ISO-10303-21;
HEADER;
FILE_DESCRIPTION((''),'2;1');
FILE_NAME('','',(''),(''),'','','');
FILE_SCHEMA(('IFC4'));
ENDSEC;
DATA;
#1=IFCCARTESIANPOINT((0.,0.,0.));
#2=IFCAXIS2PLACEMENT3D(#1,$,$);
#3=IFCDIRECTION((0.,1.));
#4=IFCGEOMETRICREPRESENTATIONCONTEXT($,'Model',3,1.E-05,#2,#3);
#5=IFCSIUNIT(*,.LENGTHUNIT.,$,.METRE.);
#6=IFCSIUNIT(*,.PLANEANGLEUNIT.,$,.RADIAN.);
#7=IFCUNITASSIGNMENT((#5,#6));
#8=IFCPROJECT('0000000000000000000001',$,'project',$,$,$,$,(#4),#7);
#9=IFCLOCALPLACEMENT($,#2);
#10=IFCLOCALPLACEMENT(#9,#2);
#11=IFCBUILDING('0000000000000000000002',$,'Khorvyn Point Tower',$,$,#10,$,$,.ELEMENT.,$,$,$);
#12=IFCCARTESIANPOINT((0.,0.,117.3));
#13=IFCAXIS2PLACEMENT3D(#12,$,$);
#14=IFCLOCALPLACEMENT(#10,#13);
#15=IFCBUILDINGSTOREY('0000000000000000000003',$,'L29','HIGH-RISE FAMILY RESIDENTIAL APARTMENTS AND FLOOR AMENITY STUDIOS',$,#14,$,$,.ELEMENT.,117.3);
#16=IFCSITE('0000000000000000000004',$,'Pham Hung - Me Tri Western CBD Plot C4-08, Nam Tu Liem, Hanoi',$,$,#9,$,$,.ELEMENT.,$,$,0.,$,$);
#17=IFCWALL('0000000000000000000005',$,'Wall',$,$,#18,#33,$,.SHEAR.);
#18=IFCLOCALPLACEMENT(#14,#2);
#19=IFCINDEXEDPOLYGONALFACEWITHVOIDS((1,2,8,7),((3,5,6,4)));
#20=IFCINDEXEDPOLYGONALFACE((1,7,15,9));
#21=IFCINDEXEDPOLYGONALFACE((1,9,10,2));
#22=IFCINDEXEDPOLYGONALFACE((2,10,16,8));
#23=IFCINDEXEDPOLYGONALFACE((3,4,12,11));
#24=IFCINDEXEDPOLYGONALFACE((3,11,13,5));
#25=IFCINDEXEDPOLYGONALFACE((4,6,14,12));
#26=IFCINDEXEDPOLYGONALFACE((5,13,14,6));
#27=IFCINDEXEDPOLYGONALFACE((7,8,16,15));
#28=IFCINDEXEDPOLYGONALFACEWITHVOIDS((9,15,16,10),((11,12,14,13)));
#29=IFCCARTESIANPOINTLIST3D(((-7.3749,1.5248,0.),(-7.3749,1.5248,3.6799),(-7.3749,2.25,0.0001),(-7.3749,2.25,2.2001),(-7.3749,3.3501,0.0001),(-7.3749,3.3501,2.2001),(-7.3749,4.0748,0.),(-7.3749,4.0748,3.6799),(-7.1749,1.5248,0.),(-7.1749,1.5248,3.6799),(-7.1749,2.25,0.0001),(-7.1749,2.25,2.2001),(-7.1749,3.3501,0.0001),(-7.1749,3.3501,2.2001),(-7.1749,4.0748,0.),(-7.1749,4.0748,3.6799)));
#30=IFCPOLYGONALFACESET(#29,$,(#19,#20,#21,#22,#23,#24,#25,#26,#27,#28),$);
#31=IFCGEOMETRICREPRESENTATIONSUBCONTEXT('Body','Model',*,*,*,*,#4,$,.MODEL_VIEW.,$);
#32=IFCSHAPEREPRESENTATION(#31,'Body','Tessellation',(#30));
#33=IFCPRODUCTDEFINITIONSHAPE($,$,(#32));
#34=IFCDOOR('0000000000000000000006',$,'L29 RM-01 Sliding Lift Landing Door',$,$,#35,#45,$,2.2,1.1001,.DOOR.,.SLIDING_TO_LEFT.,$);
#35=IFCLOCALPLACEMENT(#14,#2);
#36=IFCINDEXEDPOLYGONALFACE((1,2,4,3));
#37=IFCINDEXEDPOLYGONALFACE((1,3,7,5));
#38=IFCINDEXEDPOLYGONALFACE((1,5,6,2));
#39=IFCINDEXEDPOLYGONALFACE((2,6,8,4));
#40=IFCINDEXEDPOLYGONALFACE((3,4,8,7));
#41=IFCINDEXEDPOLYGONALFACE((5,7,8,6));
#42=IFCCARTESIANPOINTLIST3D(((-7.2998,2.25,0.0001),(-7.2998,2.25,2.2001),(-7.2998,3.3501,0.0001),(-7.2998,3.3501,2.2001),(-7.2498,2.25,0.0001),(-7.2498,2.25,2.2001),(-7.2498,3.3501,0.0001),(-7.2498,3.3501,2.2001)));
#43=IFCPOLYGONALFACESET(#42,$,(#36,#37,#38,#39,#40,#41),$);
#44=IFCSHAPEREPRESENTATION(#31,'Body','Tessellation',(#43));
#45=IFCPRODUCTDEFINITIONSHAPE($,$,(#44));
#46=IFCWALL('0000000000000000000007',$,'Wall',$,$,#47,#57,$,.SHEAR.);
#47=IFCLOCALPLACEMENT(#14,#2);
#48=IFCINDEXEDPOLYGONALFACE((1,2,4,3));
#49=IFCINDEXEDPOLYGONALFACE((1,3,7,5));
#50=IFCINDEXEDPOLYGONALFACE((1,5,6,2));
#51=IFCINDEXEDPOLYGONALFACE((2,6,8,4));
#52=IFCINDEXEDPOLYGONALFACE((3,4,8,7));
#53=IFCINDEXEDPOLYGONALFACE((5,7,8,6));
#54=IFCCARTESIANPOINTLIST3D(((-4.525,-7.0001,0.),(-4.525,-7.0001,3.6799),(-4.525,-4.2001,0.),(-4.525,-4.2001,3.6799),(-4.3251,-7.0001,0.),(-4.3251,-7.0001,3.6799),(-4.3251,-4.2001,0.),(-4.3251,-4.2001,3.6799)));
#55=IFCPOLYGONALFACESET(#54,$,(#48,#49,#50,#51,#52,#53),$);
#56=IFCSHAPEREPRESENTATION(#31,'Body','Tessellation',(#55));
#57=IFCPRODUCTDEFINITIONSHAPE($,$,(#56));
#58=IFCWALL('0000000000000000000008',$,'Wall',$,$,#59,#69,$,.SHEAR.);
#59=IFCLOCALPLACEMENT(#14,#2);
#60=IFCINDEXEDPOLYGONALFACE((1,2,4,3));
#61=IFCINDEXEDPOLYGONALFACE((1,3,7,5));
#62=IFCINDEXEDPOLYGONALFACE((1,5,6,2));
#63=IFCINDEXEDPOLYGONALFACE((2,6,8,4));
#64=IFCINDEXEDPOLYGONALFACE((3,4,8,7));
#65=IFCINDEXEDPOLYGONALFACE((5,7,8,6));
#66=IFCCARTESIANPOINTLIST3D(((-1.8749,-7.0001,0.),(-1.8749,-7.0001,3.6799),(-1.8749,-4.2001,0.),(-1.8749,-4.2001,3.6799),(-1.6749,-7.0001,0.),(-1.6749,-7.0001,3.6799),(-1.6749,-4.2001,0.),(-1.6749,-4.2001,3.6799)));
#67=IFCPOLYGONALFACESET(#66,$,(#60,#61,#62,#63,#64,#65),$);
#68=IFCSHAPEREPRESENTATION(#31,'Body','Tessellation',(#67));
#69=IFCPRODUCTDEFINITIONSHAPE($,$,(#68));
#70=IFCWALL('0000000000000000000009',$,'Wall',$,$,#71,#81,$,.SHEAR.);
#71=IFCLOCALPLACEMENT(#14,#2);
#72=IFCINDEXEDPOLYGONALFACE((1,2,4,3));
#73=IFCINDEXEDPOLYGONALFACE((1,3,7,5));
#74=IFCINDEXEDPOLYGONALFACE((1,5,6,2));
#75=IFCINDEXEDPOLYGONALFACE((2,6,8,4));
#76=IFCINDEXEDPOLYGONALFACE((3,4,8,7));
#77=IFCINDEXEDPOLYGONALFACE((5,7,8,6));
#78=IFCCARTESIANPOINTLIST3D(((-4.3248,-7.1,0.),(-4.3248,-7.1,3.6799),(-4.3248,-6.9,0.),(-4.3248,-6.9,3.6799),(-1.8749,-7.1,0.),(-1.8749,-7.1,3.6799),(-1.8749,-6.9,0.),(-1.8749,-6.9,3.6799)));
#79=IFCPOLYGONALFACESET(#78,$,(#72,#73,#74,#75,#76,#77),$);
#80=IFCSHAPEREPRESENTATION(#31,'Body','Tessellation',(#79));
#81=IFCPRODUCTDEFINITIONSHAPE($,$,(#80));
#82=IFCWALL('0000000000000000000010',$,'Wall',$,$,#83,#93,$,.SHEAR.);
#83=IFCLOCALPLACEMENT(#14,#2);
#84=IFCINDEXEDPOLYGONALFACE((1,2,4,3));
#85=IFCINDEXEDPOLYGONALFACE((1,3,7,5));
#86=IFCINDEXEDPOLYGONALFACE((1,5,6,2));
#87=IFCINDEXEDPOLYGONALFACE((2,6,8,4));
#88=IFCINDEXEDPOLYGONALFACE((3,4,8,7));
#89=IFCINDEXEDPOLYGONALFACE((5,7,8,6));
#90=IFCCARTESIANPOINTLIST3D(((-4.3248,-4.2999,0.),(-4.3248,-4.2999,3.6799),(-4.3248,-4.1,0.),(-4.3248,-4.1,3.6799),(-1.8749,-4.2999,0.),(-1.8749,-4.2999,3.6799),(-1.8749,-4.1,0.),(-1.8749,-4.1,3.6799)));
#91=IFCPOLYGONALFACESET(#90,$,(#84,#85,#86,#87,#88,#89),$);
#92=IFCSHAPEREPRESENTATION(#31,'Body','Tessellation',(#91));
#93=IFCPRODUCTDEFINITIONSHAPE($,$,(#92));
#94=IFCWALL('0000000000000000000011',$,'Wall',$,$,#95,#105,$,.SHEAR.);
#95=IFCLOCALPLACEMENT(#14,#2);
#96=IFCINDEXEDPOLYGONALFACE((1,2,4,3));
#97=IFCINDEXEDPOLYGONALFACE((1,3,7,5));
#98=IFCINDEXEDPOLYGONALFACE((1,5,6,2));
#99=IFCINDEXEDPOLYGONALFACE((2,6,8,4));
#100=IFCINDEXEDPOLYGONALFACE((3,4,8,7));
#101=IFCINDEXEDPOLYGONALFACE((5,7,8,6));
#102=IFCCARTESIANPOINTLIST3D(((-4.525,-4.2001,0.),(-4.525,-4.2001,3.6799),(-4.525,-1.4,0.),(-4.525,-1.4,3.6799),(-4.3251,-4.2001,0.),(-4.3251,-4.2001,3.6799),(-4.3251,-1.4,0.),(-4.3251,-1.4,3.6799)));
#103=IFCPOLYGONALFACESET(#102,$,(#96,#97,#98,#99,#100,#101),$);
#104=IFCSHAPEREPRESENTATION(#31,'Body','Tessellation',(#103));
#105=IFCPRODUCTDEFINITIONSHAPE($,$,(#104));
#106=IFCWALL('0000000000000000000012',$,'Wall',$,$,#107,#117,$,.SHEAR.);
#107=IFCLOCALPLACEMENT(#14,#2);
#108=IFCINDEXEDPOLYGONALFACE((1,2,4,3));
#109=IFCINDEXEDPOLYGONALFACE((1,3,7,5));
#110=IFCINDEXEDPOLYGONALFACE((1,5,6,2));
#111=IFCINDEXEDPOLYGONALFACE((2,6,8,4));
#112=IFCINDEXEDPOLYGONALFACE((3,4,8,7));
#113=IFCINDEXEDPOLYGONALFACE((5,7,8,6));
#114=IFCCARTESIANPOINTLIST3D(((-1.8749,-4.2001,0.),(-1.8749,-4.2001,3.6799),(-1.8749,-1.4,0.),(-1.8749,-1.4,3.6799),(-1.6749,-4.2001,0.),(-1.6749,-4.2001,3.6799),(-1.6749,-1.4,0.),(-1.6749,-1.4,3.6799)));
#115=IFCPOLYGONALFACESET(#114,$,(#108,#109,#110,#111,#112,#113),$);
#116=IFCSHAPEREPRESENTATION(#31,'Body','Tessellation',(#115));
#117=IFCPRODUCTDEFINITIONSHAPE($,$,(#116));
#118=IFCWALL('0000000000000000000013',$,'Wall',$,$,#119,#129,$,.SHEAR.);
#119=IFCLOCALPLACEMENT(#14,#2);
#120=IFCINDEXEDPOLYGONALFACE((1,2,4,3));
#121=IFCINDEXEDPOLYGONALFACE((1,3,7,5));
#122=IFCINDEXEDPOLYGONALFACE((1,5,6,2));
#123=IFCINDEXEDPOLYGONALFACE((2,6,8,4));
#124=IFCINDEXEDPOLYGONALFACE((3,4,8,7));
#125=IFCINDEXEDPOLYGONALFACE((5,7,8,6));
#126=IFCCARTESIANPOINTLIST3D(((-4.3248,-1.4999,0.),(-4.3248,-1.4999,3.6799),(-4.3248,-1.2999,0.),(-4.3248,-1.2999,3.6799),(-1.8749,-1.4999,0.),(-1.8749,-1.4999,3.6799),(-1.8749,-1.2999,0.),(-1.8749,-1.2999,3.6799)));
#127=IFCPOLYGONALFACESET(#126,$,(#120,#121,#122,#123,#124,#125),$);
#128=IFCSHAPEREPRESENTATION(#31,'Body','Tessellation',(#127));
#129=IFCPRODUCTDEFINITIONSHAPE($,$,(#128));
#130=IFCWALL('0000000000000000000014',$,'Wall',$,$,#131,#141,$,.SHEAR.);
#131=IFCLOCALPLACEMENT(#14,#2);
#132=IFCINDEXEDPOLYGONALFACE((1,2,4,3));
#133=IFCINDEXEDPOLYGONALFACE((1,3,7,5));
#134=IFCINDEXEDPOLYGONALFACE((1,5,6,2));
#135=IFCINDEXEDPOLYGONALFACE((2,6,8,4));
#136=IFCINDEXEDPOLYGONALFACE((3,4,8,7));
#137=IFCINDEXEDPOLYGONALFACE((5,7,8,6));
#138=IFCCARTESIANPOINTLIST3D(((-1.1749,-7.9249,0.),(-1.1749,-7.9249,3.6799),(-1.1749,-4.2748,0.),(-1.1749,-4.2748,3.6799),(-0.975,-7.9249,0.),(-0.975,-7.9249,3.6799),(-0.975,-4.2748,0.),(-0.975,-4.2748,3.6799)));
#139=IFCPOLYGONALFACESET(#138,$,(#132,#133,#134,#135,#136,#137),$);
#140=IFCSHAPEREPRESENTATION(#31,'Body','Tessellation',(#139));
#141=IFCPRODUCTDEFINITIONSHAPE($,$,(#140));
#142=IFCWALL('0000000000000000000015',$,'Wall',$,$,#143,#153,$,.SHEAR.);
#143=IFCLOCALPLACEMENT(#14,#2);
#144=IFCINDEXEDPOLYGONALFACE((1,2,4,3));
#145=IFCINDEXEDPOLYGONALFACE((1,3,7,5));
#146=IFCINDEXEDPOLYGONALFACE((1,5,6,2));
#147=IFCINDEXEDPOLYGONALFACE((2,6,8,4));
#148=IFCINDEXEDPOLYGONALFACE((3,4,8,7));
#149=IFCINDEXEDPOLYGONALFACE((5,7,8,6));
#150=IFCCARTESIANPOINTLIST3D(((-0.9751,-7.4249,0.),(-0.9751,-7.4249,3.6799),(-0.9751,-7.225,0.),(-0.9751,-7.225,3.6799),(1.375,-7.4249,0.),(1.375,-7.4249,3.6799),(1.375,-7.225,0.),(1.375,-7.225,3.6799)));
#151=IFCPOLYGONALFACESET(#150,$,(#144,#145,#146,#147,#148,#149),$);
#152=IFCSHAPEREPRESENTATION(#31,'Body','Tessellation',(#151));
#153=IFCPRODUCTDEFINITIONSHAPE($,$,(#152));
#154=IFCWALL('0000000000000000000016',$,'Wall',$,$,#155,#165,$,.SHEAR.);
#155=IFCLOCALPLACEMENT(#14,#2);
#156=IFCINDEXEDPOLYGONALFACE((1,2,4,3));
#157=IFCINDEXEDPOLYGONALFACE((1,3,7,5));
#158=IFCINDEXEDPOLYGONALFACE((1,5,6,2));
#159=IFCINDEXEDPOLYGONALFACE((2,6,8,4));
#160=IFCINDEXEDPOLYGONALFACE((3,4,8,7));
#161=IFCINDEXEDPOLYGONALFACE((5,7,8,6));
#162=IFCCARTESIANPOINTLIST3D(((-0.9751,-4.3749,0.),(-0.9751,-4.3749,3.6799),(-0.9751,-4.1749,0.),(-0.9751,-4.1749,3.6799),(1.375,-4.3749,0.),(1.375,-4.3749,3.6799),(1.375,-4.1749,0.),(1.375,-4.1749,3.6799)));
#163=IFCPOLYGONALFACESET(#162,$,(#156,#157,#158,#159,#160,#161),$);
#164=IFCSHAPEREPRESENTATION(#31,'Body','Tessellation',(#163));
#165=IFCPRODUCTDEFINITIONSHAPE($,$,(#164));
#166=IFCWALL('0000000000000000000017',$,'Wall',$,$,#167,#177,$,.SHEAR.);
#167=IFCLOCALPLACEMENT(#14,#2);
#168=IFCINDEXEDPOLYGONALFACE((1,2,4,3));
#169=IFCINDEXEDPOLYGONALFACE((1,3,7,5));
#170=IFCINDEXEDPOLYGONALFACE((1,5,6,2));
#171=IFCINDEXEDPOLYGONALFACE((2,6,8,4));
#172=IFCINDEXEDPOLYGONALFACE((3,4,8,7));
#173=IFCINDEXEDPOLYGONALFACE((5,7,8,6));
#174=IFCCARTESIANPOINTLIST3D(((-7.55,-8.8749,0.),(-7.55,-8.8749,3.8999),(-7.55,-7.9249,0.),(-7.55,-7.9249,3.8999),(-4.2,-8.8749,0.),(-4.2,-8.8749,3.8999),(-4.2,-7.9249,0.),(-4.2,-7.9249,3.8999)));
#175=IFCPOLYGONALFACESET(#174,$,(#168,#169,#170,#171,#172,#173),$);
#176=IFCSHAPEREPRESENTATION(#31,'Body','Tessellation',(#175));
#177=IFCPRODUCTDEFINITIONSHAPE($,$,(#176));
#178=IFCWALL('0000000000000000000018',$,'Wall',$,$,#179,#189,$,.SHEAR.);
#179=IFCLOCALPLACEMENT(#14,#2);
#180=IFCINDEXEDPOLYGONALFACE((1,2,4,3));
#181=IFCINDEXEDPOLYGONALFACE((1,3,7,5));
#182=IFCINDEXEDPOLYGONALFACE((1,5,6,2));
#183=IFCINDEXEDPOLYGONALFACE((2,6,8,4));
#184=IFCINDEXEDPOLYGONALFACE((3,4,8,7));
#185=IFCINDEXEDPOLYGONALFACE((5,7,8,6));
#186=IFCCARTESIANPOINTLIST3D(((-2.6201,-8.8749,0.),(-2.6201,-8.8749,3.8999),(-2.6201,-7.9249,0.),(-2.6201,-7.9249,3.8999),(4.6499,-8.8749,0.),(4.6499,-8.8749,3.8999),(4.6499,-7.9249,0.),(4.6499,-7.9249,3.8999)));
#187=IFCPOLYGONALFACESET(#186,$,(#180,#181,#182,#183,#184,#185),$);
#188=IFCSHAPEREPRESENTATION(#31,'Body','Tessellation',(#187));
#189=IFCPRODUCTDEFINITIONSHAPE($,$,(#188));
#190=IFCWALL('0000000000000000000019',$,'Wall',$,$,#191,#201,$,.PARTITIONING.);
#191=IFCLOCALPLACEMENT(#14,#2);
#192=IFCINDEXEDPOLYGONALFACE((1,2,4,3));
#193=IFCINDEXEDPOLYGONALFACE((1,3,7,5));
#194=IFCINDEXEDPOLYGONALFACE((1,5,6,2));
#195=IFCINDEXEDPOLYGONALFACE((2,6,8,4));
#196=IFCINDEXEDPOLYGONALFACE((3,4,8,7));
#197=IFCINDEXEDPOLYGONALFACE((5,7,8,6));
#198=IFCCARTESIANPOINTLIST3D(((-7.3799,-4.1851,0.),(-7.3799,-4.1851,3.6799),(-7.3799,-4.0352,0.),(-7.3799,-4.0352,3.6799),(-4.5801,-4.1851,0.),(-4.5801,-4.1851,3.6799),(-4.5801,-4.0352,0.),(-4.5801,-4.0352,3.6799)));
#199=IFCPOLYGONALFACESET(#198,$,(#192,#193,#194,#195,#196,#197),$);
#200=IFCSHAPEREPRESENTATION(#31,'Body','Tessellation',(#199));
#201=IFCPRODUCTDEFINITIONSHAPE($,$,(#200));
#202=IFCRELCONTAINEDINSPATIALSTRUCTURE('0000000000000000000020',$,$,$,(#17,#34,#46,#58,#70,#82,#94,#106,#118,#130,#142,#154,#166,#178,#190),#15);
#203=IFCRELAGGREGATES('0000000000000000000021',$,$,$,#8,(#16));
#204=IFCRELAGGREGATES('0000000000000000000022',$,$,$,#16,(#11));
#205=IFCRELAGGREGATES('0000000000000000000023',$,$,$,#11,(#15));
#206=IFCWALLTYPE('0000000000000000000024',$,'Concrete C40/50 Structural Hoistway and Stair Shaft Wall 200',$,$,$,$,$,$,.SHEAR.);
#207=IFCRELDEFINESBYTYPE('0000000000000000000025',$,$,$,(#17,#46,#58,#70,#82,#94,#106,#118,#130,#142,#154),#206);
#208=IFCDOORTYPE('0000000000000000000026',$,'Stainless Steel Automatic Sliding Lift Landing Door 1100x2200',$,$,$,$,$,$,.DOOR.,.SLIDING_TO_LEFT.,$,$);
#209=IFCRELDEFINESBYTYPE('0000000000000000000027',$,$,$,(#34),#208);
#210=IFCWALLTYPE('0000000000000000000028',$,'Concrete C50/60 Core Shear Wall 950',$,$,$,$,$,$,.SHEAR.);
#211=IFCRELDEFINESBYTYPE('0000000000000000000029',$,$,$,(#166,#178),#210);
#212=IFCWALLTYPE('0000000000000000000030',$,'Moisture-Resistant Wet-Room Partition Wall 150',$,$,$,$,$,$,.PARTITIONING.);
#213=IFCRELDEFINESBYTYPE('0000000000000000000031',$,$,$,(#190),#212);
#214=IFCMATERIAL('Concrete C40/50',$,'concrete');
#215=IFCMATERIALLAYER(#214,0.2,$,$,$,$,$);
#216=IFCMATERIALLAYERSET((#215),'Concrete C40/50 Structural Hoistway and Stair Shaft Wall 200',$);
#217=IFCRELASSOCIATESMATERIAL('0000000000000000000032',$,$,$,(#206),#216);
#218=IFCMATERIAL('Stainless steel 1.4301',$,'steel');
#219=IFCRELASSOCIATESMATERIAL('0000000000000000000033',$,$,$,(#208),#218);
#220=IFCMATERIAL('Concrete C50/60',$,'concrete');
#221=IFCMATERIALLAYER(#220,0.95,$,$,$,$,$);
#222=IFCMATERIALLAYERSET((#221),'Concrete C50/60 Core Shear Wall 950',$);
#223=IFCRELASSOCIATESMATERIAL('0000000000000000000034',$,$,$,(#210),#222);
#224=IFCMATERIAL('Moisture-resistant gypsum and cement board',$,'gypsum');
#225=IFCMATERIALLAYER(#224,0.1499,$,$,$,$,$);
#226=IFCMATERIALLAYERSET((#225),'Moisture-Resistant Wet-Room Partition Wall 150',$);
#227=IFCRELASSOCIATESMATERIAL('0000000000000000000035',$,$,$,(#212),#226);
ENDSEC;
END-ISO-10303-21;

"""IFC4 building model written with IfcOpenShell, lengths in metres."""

from ifc_helpers import new_model, si_unit, direction, frame, frame_2d, origin, place, context, subcontext, project, spatial, rectangle, extrude, material, layer, layer_set, type_object, element, fill, save


model = new_model("IFC4")

# Units and contexts
model_context = context("Model", 3, precision=1e-05, world=origin(), true_north=direction((0.0, 1.0)))
body_context = subcontext(model_context, "Body", "Model", "MODEL_VIEW")
ifc_project = project(units=[si_unit("LENGTHUNIT", "METRE"), si_unit("PLANEANGLEUNIT", "RADIAN")], contexts=[model_context])

# Site, building, storey
site_placement = place(None, origin())
site = spatial("IfcSite", under=ifc_project, at=site_placement, Name="Pham Hung - Me Tri Western CBD Plot C4-08, Nam Tu Liem, Hanoi", CompositionType="ELEMENT", RefElevation=0.0)
building_placement = place(site_placement, origin())
building = spatial("IfcBuilding", under=site, at=building_placement, Name="Khorvyn Point Tower", CompositionType="ELEMENT")
storey_placement = place(building_placement, frame((0.0, 0.0, 117.3)))
storey = spatial("IfcBuildingStorey", under=building, at=storey_placement, Name="L29", Description="HIGH-RISE FAMILY RESIDENTIAL APARTMENTS AND FLOOR AMENITY STUDIOS", CompositionType="ELEMENT", Elevation=117.3)

# Shared definitions
ifc_material_1 = material(Name="Concrete C40/50", Category="concrete")

# Shared definitions
ifc_material_2 = material(Name="Concrete C50/60", Category="concrete")

# Wall, opening, door
ifc_layer_1 = layer(ifc_material_1, 0.2)
ifc_layer_set_1 = layer_set([ifc_layer_1], Name="Concrete C40/50 Structural Hoistway and Stair Shaft Wall 200")
wall_type_1 = type_object("IfcWallType", Name="Concrete C40/50 Structural Hoistway and Stair Shaft Wall 200", PredefinedType="SHEAR", material=ifc_layer_set_1)
wall_1_placement = place(storey_placement, frame((-7.2749, 1.5249, 0.0), z_axis=(0.0, 0.0, 1.0), x_axis=(0.0, 1.0, 0.0)))
wall_1 = element("IfcWall", 1, at=wall_1_placement, inside=storey, type_object=wall_type_1, Name="Wall", PredefinedType="SHEAR", context=body_context, shape_type="SweptSolid", body=[
    extrude(rectangle(XDim=2.55, YDim=0.2, at=frame_2d((1.2749, 0.0))), origin(), (0.0, 0.0, 1.0), 3.6799),
])
opening_1_placement = place(wall_1_placement, frame((0.7251, 0.0, 0.0)))
opening_1 = element("IfcOpeningElement", 2, at=opening_1_placement, cuts=wall_1, PredefinedType="OPENING", context=body_context, shape_type="SweptSolid", body=[
    extrude(rectangle(XDim=1.1001, YDim=2.2, at=frame_2d((0.55, 1.1001))), frame((0.0, 0.1099, 0.0), z_axis=(0.0, -1.0, 0.0), x_axis=(1.0, 0.0, 0.0)), (0.0, 0.0, 1.0), 0.22),
])
ifc_material_3 = material(Name="Stainless steel 1.4301", Category="steel")
door_type_1 = type_object("IfcDoorType", Name="Stainless Steel Automatic Sliding Lift Landing Door 1100x2200", OperationType="SLIDING_TO_LEFT", PredefinedType="DOOR", material=ifc_material_3)
door_1_placement = place(opening_1_placement, origin())
door_1 = element("IfcDoor", 3, at=door_1_placement, inside=storey, type_object=door_type_1, Name="L29 RM-01 Sliding Lift Landing Door", OperationType="SLIDING_TO_LEFT", OverallHeight=2.2, OverallWidth=1.1001, PredefinedType="DOOR", context=body_context, shape_type="SweptSolid", body=[
    extrude(rectangle(XDim=1.1001, YDim=2.2, at=frame_2d((0.55, 1.1001))), frame((0.0, 0.0249, 0.0), z_axis=(0.0, -1.0, 0.0), x_axis=(1.0, 0.0, 0.0)), (0.0, 0.0, 1.0), 0.05),
])
fill(opening_1, door_1)

# Walls
for number, where, z_axis, x_axis, name in (
    (4, (-4.425, -7.0, 0.0), (0.0, 0.0, 1.0), (0.0, 1.0, 0.0), "Wall"),
    (5, (-1.7749, -7.0, 0.0), (0.0, 0.0, 1.0), (0.0, 1.0, 0.0), "Wall"),
):
    element("IfcWall", number, at=place(storey_placement, frame(where, z_axis=z_axis, x_axis=x_axis)), inside=storey, type_object=wall_type_1, Name=name, PredefinedType="SHEAR", context=body_context, shape_type="SweptSolid", body=[
        extrude(rectangle(XDim=2.8, YDim=0.2, at=frame_2d((1.3999, 0.0))), origin(), (0.0, 0.0, 1.0), 3.6799),
    ])
for number, where, z_axis, x_axis, name in (
    (6, (-4.325, -7.0, 0.0), (0.0, 0.0, 1.0), (1.0, 0.0, 0.0), "Wall"),
    (7, (-4.325, -4.2, 0.0), (0.0, 0.0, 1.0), (1.0, 0.0, 0.0), "Wall"),
):
    element("IfcWall", number, at=place(storey_placement, frame(where, z_axis=z_axis, x_axis=x_axis)), inside=storey, type_object=wall_type_1, Name=name, PredefinedType="SHEAR", context=body_context, shape_type="SweptSolid", body=[
        extrude(rectangle(XDim=2.45, YDim=0.2, at=frame_2d((1.2251, 0.0))), origin(), (0.0, 0.0, 1.0), 3.6799),
    ])
for number, where, z_axis, x_axis, name in (
    (8, (-4.425, -4.2, 0.0), (0.0, 0.0, 1.0), (0.0, 1.0, 0.0), "Wall"),
    (9, (-1.7749, -4.2, 0.0), (0.0, 0.0, 1.0), (0.0, 1.0, 0.0), "Wall"),
):
    element("IfcWall", number, at=place(storey_placement, frame(where, z_axis=z_axis, x_axis=x_axis)), inside=storey, type_object=wall_type_1, Name=name, PredefinedType="SHEAR", context=body_context, shape_type="SweptSolid", body=[
        extrude(rectangle(XDim=2.8, YDim=0.2, at=frame_2d((1.3999, 0.0))), origin(), (0.0, 0.0, 1.0), 3.6799),
    ])
wall_2_placement = place(storey_placement, frame((-4.325, -1.3999, 0.0), z_axis=(0.0, 0.0, 1.0), x_axis=(1.0, 0.0, 0.0)))
element("IfcWall", 10, at=wall_2_placement, inside=storey, type_object=wall_type_1, Name="Wall", PredefinedType="SHEAR", context=body_context, shape_type="SweptSolid", body=[
    extrude(rectangle(XDim=2.45, YDim=0.2, at=frame_2d((1.2251, 0.0))), origin(), (0.0, 0.0, 1.0), 3.6799),
])
wall_3_placement = place(storey_placement, frame((-1.075, -7.925, 0.0), z_axis=(0.0, 0.0, 1.0), x_axis=(0.0, 1.0, 0.0)))
element("IfcWall", 11, at=wall_3_placement, inside=storey, type_object=wall_type_1, Name="Wall", PredefinedType="SHEAR", context=body_context, shape_type="SweptSolid", body=[
    extrude(rectangle(XDim=3.6501, YDim=0.2, at=frame_2d((1.8252, 0.0))), origin(), (0.0, 0.0, 1.0), 3.6799),
])
for number, where, z_axis, x_axis, name in (
    (12, (-0.9751, -7.325, 0.0), (0.0, 0.0, 1.0), (1.0, 0.0, 0.0), "Wall"),
    (13, (-0.9751, -4.2749, 0.0), (0.0, 0.0, 1.0), (1.0, 0.0, 0.0), "Wall"),
):
    element("IfcWall", number, at=place(storey_placement, frame(where, z_axis=z_axis, x_axis=x_axis)), inside=storey, type_object=wall_type_1, Name=name, PredefinedType="SHEAR", context=body_context, shape_type="SweptSolid", body=[
        extrude(rectangle(XDim=2.3501, YDim=0.2, at=frame_2d((1.175, 0.0))), origin(), (0.0, 0.0, 1.0), 3.6799),
    ])
ifc_layer_2 = layer(ifc_material_2, 0.95)
ifc_layer_set_2 = layer_set([ifc_layer_2], Name="Concrete C50/60 Core Shear Wall 950")
wall_type_2 = type_object("IfcWallType", Name="Concrete C50/60 Core Shear Wall 950", PredefinedType="SHEAR", material=ifc_layer_set_2)
wall_4_placement = place(storey_placement, frame((-7.55, -8.3999, 0.0), z_axis=(0.0, 0.0, 1.0), x_axis=(1.0, 0.0, 0.0)))
element("IfcWall", 14, at=wall_4_placement, inside=storey, type_object=wall_type_2, Name="Wall", PredefinedType="SHEAR", context=body_context, shape_type="SweptSolid", body=[
    extrude(rectangle(XDim=3.3501, YDim=0.95, at=frame_2d((1.675, 0.0))), origin(), (0.0, 0.0, 1.0), 3.8999),
])
wall_5_placement = place(storey_placement, frame((-2.6201, -8.3999, 0.0), z_axis=(0.0, 0.0, 1.0), x_axis=(1.0, 0.0, 0.0)))
element("IfcWall", 15, at=wall_5_placement, inside=storey, type_object=wall_type_2, Name="Wall", PredefinedType="SHEAR", context=body_context, shape_type="SweptSolid", body=[
    extrude(rectangle(XDim=7.27, YDim=0.95, at=frame_2d((3.635, 0.0))), origin(), (0.0, 0.0, 1.0), 3.8999),
])
ifc_material_4 = material(Name="Moisture-resistant gypsum and cement board", Category="gypsum")
ifc_layer_3 = layer(ifc_material_4, 0.1499)
ifc_layer_set_3 = layer_set([ifc_layer_3], Name="Moisture-Resistant Wet-Room Partition Wall 150")
wall_type_3 = type_object("IfcWallType", Name="Moisture-Resistant Wet-Room Partition Wall 150", PredefinedType="PARTITIONING", material=ifc_layer_set_3)
wall_6_placement = place(storey_placement, frame((-7.3799, -4.1101, 0.0), z_axis=(0.0, 0.0, 1.0), x_axis=(1.0, 0.0, 0.0)))
element("IfcWall", 16, at=wall_6_placement, inside=storey, type_object=wall_type_3, Name="Wall", PredefinedType="PARTITIONING", context=body_context, shape_type="SweptSolid", body=[
    extrude(rectangle(XDim=2.7998, YDim=0.1499, at=frame_2d((1.3999, 0.0))), origin(), (0.0, 0.0, 1.0), 3.6799),
])

save(model, "model.ifc")
